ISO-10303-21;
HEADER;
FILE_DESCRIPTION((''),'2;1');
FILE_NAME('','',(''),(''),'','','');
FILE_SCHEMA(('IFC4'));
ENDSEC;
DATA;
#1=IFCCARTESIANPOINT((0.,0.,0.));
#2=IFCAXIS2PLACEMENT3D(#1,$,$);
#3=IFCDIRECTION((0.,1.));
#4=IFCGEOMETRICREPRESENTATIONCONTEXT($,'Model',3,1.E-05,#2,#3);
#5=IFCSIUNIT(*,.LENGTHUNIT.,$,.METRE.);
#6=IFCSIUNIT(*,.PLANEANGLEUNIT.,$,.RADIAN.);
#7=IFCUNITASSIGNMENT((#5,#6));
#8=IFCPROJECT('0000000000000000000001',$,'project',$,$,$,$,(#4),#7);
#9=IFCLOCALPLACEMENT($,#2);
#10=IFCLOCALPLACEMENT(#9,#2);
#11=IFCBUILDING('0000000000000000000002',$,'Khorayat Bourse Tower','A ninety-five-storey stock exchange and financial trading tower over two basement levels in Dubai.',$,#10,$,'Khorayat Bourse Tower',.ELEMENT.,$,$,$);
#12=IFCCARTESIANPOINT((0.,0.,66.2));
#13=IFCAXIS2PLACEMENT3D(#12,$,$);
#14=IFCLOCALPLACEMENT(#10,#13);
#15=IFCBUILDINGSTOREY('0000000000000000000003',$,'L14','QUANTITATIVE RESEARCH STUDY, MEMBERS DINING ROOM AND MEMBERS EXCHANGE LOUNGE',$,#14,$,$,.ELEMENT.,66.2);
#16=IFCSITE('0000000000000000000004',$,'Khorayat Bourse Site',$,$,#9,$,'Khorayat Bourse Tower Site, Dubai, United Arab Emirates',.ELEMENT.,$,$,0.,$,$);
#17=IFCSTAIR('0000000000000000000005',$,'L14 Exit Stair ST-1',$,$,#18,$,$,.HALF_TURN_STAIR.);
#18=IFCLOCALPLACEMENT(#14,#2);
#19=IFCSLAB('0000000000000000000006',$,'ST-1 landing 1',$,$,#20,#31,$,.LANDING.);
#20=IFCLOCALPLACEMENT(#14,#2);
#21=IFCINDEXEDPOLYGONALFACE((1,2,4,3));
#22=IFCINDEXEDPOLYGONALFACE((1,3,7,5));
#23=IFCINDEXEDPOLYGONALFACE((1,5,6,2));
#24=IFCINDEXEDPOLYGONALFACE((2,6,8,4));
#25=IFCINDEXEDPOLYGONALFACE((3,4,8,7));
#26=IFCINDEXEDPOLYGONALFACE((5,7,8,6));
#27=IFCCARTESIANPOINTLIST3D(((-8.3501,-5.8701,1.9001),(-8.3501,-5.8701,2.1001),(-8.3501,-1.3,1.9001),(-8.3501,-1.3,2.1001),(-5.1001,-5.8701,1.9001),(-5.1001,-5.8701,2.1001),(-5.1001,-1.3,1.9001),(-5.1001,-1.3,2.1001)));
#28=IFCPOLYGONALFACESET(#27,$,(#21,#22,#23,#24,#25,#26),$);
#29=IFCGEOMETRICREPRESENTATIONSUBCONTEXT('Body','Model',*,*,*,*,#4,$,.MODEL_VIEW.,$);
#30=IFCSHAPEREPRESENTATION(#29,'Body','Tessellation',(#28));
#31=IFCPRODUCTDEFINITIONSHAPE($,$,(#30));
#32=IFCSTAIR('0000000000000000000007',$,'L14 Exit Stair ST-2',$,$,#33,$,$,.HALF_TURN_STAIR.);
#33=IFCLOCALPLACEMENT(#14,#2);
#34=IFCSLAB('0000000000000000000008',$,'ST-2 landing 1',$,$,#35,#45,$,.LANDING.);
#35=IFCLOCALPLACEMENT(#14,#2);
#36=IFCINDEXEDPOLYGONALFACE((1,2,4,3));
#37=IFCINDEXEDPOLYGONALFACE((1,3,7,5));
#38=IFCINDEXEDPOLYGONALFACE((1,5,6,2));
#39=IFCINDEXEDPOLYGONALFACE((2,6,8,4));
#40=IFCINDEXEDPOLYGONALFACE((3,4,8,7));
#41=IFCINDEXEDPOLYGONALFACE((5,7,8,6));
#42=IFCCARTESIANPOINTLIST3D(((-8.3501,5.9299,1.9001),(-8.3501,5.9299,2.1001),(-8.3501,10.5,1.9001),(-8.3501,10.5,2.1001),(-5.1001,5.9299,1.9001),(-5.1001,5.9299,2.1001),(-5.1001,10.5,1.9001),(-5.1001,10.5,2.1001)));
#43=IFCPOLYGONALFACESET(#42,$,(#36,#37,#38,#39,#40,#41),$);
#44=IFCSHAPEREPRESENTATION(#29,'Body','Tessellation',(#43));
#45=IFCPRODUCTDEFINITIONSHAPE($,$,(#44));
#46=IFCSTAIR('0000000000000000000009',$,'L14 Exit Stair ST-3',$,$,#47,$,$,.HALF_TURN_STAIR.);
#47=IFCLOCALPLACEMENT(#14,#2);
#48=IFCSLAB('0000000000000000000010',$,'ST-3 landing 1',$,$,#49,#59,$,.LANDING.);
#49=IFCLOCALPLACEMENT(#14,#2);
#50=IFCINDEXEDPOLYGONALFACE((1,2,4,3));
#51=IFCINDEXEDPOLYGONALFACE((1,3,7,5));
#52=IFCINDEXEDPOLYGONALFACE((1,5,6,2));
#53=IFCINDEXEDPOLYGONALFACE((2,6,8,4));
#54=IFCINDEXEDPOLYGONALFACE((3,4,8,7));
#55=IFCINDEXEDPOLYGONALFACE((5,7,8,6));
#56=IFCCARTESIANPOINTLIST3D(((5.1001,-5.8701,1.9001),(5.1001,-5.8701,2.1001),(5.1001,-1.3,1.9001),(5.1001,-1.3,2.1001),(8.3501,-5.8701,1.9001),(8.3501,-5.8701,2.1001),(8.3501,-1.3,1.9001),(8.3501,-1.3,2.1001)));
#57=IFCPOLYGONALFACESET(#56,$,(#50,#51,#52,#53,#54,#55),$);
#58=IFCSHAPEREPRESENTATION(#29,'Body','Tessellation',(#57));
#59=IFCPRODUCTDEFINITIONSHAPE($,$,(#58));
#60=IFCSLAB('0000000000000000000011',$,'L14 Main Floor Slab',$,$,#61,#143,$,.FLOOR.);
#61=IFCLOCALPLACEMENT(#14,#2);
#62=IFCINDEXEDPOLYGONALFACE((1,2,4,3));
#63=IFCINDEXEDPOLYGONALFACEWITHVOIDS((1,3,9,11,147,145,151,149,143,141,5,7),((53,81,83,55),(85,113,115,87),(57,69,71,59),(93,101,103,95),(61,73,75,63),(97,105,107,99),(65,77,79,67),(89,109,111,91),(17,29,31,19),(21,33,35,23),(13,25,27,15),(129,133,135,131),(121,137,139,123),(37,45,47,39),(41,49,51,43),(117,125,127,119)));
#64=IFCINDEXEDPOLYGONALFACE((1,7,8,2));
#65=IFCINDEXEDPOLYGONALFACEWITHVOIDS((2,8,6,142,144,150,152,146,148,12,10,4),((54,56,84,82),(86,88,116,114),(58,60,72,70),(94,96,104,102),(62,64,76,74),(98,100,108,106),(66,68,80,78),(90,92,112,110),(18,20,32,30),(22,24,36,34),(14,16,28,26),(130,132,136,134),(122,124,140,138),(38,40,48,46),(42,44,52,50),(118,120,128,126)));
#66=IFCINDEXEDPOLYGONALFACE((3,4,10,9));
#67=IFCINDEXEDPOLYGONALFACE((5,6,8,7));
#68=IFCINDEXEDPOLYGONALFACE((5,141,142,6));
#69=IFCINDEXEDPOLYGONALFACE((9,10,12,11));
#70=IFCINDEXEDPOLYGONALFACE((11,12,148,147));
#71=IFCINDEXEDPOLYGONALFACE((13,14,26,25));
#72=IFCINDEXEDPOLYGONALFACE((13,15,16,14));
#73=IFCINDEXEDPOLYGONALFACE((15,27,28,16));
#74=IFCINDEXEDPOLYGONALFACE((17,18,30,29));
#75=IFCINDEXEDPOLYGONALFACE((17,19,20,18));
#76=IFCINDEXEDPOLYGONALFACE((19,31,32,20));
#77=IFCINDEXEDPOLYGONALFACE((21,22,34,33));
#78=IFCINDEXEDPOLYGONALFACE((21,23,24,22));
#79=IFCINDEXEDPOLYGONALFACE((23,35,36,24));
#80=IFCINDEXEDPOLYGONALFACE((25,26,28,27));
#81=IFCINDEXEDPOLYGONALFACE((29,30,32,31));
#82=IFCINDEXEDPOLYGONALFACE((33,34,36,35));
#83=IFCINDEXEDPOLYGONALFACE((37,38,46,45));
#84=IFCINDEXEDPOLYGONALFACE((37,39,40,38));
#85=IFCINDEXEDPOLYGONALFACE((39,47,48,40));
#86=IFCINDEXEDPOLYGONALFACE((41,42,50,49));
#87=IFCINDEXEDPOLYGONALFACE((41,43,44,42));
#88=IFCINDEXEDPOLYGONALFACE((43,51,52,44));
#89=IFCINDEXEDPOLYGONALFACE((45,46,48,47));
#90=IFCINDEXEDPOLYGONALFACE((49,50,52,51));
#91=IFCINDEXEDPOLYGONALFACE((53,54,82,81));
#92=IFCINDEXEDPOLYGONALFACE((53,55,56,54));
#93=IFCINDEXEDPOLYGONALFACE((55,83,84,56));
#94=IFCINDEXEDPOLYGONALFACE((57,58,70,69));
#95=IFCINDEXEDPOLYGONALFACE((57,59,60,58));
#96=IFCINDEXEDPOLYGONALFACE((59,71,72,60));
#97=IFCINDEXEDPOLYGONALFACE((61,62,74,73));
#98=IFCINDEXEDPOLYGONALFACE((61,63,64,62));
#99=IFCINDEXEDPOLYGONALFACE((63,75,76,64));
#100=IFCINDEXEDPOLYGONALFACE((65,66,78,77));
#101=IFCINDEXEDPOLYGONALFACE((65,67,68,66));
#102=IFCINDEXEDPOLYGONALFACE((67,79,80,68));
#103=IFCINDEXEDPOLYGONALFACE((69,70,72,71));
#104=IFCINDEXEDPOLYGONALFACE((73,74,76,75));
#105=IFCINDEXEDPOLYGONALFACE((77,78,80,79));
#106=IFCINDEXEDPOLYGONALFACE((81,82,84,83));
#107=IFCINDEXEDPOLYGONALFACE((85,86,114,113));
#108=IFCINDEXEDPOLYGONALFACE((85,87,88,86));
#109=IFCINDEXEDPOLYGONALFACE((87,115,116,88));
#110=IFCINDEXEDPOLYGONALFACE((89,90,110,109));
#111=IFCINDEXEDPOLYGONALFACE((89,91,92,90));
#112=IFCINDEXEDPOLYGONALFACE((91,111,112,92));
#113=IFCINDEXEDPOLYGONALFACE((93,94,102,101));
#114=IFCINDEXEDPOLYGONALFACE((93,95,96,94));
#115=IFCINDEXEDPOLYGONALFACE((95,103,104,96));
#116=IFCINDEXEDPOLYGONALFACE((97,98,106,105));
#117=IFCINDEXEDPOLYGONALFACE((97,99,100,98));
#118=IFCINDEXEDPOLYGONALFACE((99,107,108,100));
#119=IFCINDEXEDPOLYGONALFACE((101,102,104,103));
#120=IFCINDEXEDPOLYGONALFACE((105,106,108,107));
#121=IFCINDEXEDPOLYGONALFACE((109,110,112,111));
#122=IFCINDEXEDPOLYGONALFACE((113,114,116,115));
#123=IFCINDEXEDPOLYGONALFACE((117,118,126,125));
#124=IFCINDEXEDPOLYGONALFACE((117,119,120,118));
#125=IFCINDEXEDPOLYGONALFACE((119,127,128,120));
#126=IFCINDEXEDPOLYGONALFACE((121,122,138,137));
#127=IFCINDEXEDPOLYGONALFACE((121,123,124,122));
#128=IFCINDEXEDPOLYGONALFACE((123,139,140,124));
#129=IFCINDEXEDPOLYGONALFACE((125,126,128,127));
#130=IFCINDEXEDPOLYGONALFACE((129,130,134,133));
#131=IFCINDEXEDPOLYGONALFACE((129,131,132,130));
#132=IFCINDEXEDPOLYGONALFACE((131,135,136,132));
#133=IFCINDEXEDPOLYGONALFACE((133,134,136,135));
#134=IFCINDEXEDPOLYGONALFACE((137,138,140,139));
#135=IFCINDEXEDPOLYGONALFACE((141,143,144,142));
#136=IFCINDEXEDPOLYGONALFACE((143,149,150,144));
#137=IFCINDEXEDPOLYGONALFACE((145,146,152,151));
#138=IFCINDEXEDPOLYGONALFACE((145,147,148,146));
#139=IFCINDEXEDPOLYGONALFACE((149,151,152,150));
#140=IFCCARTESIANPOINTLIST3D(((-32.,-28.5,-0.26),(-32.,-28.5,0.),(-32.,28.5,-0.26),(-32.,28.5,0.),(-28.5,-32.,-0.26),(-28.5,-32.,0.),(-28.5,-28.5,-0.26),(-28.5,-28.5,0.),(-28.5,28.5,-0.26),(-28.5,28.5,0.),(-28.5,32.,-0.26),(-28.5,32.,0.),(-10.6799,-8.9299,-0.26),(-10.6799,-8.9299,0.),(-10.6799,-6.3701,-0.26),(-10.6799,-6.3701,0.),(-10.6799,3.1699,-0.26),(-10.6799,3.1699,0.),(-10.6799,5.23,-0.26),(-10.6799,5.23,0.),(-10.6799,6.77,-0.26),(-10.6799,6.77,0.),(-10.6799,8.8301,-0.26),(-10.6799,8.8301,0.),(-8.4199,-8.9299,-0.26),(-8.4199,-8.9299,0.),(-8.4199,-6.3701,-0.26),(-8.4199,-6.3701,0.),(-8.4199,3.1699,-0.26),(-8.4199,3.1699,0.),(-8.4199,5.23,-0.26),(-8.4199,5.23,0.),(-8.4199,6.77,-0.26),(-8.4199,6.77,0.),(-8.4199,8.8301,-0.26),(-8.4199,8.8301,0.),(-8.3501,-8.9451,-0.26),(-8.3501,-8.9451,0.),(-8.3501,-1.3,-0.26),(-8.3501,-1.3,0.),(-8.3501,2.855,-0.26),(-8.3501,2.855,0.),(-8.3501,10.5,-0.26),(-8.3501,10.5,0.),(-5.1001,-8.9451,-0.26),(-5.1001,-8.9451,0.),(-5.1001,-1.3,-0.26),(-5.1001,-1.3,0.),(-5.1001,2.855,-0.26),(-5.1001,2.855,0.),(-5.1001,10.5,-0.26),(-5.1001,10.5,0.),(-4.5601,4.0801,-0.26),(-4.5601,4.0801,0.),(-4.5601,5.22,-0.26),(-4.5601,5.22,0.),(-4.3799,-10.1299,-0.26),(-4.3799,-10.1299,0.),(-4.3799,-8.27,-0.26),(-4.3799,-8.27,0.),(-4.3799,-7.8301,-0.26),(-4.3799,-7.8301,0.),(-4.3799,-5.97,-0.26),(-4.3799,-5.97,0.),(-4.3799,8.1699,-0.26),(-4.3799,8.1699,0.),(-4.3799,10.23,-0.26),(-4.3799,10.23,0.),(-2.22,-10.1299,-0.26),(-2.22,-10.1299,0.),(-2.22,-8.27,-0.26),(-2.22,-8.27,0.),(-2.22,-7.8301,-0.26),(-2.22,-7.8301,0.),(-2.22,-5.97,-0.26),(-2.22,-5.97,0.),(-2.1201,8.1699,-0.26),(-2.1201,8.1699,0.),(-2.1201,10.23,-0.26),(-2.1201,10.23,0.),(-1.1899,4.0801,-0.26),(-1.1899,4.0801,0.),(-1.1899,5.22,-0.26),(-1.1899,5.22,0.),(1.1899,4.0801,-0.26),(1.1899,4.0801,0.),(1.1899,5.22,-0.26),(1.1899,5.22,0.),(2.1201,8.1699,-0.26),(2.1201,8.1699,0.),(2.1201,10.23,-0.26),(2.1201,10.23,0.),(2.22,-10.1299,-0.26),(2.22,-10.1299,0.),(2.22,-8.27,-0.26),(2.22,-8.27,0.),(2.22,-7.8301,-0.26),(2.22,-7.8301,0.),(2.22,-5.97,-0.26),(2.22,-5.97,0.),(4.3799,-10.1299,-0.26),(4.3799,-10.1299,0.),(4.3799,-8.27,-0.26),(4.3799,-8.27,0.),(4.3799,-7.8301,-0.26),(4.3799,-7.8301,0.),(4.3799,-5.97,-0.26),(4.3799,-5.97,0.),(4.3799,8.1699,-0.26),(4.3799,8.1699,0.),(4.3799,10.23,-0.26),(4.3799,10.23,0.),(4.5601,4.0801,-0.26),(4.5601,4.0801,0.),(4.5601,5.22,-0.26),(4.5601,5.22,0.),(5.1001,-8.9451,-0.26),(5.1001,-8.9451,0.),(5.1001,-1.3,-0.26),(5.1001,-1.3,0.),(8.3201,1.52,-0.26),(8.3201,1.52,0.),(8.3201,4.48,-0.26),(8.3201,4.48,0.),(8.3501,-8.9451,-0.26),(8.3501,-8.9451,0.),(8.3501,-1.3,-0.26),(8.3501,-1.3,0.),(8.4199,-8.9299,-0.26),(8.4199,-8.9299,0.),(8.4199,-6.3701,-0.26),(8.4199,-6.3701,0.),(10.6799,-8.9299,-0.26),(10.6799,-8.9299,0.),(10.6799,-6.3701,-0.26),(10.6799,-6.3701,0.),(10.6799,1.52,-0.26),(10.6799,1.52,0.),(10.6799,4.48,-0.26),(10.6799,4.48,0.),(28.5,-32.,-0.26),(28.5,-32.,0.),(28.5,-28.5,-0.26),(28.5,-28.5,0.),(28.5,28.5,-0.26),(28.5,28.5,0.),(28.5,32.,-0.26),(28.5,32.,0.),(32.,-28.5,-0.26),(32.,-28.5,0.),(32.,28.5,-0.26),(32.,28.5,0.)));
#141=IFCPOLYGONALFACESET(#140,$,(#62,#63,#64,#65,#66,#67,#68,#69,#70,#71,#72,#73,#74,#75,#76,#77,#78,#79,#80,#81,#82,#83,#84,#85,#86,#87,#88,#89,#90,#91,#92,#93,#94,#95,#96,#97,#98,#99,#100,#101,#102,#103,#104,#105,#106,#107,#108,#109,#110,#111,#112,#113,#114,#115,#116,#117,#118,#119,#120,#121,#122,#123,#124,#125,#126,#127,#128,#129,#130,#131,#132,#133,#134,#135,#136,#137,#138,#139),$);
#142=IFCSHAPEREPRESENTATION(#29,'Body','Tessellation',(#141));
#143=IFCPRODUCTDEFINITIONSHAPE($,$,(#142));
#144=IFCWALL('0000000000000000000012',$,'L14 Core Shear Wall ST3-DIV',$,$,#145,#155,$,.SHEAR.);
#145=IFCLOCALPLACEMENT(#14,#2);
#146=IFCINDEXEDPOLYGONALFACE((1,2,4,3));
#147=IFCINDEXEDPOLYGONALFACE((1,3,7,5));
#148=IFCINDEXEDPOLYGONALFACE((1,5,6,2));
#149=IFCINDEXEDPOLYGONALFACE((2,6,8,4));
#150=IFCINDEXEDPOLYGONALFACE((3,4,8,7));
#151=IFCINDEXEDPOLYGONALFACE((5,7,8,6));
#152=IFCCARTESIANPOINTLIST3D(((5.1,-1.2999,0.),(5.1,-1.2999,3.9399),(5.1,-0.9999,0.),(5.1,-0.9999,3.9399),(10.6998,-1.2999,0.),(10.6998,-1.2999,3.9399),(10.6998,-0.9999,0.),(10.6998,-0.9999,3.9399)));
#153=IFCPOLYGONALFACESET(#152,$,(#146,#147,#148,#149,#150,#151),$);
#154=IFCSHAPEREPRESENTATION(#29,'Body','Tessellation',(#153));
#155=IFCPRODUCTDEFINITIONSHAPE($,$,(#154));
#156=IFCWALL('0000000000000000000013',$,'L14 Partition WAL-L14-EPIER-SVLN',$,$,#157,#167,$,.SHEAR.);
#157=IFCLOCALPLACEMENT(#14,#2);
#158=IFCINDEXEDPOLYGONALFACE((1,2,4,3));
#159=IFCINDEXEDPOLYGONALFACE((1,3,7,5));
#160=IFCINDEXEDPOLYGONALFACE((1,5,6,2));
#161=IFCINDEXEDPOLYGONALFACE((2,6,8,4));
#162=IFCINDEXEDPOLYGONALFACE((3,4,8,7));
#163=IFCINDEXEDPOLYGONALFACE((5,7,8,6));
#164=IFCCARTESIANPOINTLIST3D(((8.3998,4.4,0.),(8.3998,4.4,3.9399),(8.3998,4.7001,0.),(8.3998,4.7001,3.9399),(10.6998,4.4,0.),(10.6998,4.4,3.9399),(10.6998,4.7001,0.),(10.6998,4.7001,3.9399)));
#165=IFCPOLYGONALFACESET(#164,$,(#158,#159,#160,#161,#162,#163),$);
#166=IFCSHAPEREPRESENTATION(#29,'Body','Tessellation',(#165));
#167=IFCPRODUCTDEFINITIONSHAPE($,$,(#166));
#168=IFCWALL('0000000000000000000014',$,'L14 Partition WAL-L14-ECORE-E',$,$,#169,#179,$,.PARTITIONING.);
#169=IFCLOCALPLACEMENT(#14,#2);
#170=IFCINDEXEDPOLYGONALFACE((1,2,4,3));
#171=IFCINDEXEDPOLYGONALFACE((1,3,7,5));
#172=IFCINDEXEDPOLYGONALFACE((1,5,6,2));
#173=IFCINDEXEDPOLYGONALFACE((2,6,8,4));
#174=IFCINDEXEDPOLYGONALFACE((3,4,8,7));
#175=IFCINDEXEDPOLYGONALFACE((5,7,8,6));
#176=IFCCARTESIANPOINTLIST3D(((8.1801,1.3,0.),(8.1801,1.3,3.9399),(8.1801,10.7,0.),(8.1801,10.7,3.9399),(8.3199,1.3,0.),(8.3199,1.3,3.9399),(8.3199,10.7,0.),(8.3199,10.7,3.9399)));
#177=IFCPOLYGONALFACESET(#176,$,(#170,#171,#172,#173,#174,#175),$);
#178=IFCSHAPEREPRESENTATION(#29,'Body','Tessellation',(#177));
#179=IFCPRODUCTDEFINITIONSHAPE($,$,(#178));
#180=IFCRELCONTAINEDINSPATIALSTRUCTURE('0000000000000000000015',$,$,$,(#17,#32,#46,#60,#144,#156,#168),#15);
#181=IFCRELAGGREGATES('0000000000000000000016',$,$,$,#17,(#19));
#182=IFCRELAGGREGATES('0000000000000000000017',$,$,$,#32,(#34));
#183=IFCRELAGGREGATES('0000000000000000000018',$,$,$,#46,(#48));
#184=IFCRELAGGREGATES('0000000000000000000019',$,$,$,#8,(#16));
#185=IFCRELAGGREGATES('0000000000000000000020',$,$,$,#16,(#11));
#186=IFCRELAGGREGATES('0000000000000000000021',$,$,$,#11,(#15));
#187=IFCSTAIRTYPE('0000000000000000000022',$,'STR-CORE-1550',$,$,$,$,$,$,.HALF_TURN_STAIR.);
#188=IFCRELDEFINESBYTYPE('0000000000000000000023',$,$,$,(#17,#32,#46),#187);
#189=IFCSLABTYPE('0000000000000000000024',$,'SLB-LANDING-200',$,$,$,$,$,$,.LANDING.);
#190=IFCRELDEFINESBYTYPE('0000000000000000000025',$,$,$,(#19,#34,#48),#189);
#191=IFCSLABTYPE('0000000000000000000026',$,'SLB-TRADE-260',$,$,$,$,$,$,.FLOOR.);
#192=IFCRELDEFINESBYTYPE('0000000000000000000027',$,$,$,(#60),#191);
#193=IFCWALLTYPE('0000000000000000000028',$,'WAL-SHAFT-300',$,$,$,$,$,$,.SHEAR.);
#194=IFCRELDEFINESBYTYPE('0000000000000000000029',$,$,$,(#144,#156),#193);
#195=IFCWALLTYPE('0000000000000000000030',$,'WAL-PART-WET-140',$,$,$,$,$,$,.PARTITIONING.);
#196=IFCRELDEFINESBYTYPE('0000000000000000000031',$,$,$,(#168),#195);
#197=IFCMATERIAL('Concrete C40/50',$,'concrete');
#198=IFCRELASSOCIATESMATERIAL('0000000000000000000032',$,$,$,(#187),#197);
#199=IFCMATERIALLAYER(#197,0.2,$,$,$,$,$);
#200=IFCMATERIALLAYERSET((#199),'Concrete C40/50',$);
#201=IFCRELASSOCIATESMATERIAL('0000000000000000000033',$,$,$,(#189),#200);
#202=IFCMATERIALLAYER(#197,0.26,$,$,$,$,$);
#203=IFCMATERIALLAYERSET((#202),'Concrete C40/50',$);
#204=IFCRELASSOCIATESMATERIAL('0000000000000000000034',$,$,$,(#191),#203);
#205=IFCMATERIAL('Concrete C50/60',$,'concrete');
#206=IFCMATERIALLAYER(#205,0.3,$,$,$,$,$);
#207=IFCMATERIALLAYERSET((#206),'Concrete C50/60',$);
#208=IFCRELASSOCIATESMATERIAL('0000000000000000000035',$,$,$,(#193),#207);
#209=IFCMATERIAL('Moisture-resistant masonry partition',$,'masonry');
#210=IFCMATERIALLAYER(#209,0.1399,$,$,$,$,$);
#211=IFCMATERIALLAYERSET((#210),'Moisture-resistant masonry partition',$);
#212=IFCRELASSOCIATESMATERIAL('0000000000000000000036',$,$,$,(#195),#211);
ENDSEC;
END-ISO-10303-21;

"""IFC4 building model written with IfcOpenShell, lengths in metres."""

from ifc_helpers import new_model, si_unit, direction, frame, frame_2d, origin, place, context, subcontext, project, spatial, polyline, rectangle, outline, extrude, source, transform, mapped, material, layer, layer_set, type_object, element, aggregate, save


model = new_model("IFC4")

# Units and contexts
model_context = context("Model", 3, precision=1e-05, world=origin(), true_north=direction((0.0, 1.0)))
body_context = subcontext(model_context, "Body", "Model", "MODEL_VIEW")
ifc_project = project(units=[si_unit("LENGTHUNIT", "METRE"), si_unit("PLANEANGLEUNIT", "RADIAN")], contexts=[model_context])

# Site, building, storey
site_placement = place(None, origin())
site = spatial("IfcSite", under=ifc_project, at=site_placement, Name="Khorayat Bourse Site", LongName="Khorayat Bourse Tower Site, Dubai, United Arab Emirates", CompositionType="ELEMENT", RefElevation=0.0)
building_placement = place(site_placement, origin())
building = spatial("IfcBuilding", under=site, at=building_placement, Name="Khorayat Bourse Tower", Description="A ninety-five-storey stock exchange and financial trading tower over two basement levels in Dubai.", LongName="Khorayat Bourse Tower", CompositionType="ELEMENT")
storey_placement = place(building_placement, frame((0.0, 0.0, 66.2)))
storey = spatial("IfcBuildingStorey", under=building, at=storey_placement, Name="L14", Description="QUANTITATIVE RESEARCH STUDY, MEMBERS DINING ROOM AND MEMBERS EXCHANGE LOUNGE", CompositionType="ELEMENT", Elevation=66.2)

# Stairs, slabs
ifc_material_1 = material(Name="Concrete C40/50", Category="concrete")
stair_type = type_object("IfcStairType", Name="STR-CORE-1550", PredefinedType="HALF_TURN_STAIR", material=ifc_material_1)
stair_1_placement = place(storey_placement, origin())
stair_1 = element("IfcStair", 1, at=stair_1_placement, inside=storey, type_object=stair_type, Name="L14 Exit Stair ST-1", PredefinedType="HALF_TURN_STAIR")
ifc_layer_1 = layer(ifc_material_1, 0.2)
ifc_layer_set_1 = layer_set([ifc_layer_1], Name="Concrete C40/50")
slab_type_1 = type_object("IfcSlabType", Name="SLB-LANDING-200", PredefinedType="LANDING", material=ifc_layer_set_1)
slab_1_placement = place(storey_placement, frame((0.0, 0.0, 1.9001)))
slab_1 = element("IfcSlab", 2, at=slab_1_placement, type_object=slab_type_1, Name="ST-1 landing 1", PredefinedType="LANDING", context=body_context, shape_type="SweptSolid", body=[
    extrude(outline(polyline([(-5.1001, -5.8701), (-5.1001, -1.3), (-8.3501, -1.3), (-8.3501, -5.8701), (-5.1001, -5.8701)])), origin(), (0.0, 0.0, 1.0), 0.2),
])
aggregate(stair_1, [slab_1])
stair_2_placement = place(storey_placement, origin())
stair_2 = element("IfcStair", 3, at=stair_2_placement, inside=storey, type_object=stair_type, Name="L14 Exit Stair ST-2", PredefinedType="HALF_TURN_STAIR")
slab_2_placement = place(storey_placement, frame((0.0, 0.0, 1.9001)))
slab_2 = element("IfcSlab", 4, at=slab_2_placement, type_object=slab_type_1, Name="ST-2 landing 1", PredefinedType="LANDING", context=body_context, shape_type="SweptSolid", body=[
    extrude(outline(polyline([(-5.1001, 5.9299), (-5.1001, 10.5), (-8.3501, 10.5), (-8.3501, 5.9299), (-5.1001, 5.9299)])), origin(), (0.0, 0.0, 1.0), 0.2),
])
aggregate(stair_2, [slab_2])
stair_3_placement = place(storey_placement, origin())
stair_3 = element("IfcStair", 5, at=stair_3_placement, inside=storey, type_object=stair_type, Name="L14 Exit Stair ST-3", PredefinedType="HALF_TURN_STAIR")
slab_3_placement = place(storey_placement, frame((0.0, 0.0, 1.9001)))
slab_3 = element("IfcSlab", 6, at=slab_3_placement, type_object=slab_type_1, Name="ST-3 landing 1", PredefinedType="LANDING", context=body_context, shape_type="SweptSolid", body=[
    extrude(outline(polyline([(8.3501, -5.8701), (8.3501, -1.3), (5.1001, -1.3), (5.1001, -5.8701), (8.3501, -5.8701)])), origin(), (0.0, 0.0, 1.0), 0.2),
])
aggregate(stair_3, [slab_3])

# Slab
ifc_layer_2 = layer(ifc_material_1, 0.26)
ifc_layer_set_2 = layer_set([ifc_layer_2], Name="Concrete C40/50")
slab_type_2 = type_object("IfcSlabType", Name="SLB-TRADE-260", PredefinedType="FLOOR", material=ifc_layer_set_2)
slab_4_placement = place(storey_placement, frame((0.0, 0.0, -0.26)))
element("IfcSlab", 7, at=slab_4_placement, inside=storey, type_object=slab_type_2, Name="L14 Main Floor Slab", PredefinedType="FLOOR", context=body_context, shape_type="SweptSolid", body=[
    extrude(outline(polyline([(-28.5, -32.0), (28.5, -32.0), (28.5, -28.5), (32.0, -28.5), (32.0, 28.5), (28.5, 28.5), (28.5, 32.0), (-28.5, 32.0), (-28.5, 28.5), (-32.0, 28.5), (-32.0, -28.5), (-28.5, -28.5), (-28.5, -32.0)]), holes=[polyline([(-8.3501, -8.9451), (-5.1001, -8.9451), (-5.1001, -1.3), (-8.3501, -1.3), (-8.3501, -8.9451)]), polyline([(-8.3501, 2.855), (-5.1001, 2.855), (-5.1001, 10.5), (-8.3501, 10.5), (-8.3501, 2.855)]), polyline([(5.1001, -8.9451), (8.3501, -8.9451), (8.3501, -1.3), (5.1001, -1.3), (5.1001, -8.9451)]), polyline([(-4.3799, -10.1299), (-2.22, -10.1299), (-2.22, -8.27), (-4.3799, -8.27), (-4.3799, -10.1299)]), polyline([(2.22, -10.1299), (4.3799, -10.1299), (4.3799, -8.27), (2.22, -8.27), (2.22, -10.1299)]), polyline([(-4.3799, -7.8301), (-2.22, -7.8301), (-2.22, -5.97), (-4.3799, -5.97), (-4.3799, -7.8301)]), polyline([(2.22, -7.8301), (4.3799, -7.8301), (4.3799, -5.97), (2.22, -5.97), (2.22, -7.8301)]), polyline([(-4.3799, 8.1699), (-2.1201, 8.1699), (-2.1201, 10.23), (-4.3799, 10.23), (-4.3799, 8.1699)]), polyline([(2.1201, 8.1699), (4.3799, 8.1699), (4.3799, 10.23), (2.1201, 10.23), (2.1201, 8.1699)]), polyline([(-10.6799, 3.1699), (-8.4199, 3.1699), (-8.4199, 5.23), (-10.6799, 5.23), (-10.6799, 3.1699)]), polyline([(-10.6799, 6.77), (-8.4199, 6.77), (-8.4199, 8.8301), (-10.6799, 8.8301), (-10.6799, 6.77)]), polyline([(-10.6799, -8.9299), (-8.4199, -8.9299), (-8.4199, -6.3701), (-10.6799, -6.3701), (-10.6799, -8.9299)]), polyline([(8.4199, -8.9299), (10.6799, -8.9299), (10.6799, -6.3701), (8.4199, -6.3701), (8.4199, -8.9299)]), polyline([(8.3201, 1.52), (10.6799, 1.52), (10.6799, 4.48), (8.3201, 4.48), (8.3201, 1.52)]), polyline([(-4.5601, 4.0801), (-1.1899, 4.0801), (-1.1899, 5.22), (-4.5601, 5.22), (-4.5601, 4.0801)]), polyline([(1.1899, 4.0801), (4.5601, 4.0801), (4.5601, 5.22), (1.1899, 5.22), (1.1899, 4.0801)])]), origin(), (0.0, 0.0, 1.0), 0.26),
])

# Walls
ifc_material_2 = material(Name="Concrete C50/60", Category="concrete")
ifc_layer_3 = layer(ifc_material_2, 0.3)
ifc_layer_set_3 = layer_set([ifc_layer_3], Name="Concrete C50/60")
wall_type_1 = type_object("IfcWallType", Name="WAL-SHAFT-300", PredefinedType="SHEAR", material=ifc_layer_set_3)
shared_shape_1 = source(origin(), body_context, "Body", "SweptSolid", [
    extrude(rectangle(XDim=5.5999, YDim=0.3, at=frame_2d((2.7998, 0.0))), origin(), (0.0, 0.0, 1.0), 3.9399),
])
wall_1_placement = place(storey_placement, frame((5.1001, -1.1499, 0.0), z_axis=(0.0, 0.0, 1.0), x_axis=(1.0, 0.0, 0.0)))
element("IfcWall", 8, at=wall_1_placement, inside=storey, type_object=wall_type_1, Name="L14 Core Shear Wall ST3-DIV", PredefinedType="SHEAR", context=body_context, shape_type="MappedRepresentation", body=[
    mapped(shared_shape_1, transform((0.0, 0.0, 0.0), scale=1.0)),
])
shared_shape_2 = source(origin(), body_context, "Body", "SweptSolid", [
    extrude(rectangle(XDim=2.3, YDim=0.3, at=frame_2d((1.1499, 0.0))), origin(), (0.0, 0.0, 1.0), 3.9399),
])
wall_2_placement = place(storey_placement, frame((8.3999, 4.55, 0.0), z_axis=(0.0, 0.0, 1.0), x_axis=(1.0, 0.0, 0.0)))
element("IfcWall", 9, at=wall_2_placement, inside=storey, type_object=wall_type_1, Name="L14 Partition WAL-L14-EPIER-SVLN", PredefinedType="SHEAR", context=body_context, shape_type="MappedRepresentation", body=[
    mapped(shared_shape_2, transform((0.0, 0.0, 0.0), scale=1.0)),
])
ifc_material_3 = material(Name="Moisture-resistant masonry partition", Category="masonry")
ifc_layer_4 = layer(ifc_material_3, 0.1399)
ifc_layer_set_4 = layer_set([ifc_layer_4], Name="Moisture-resistant masonry partition")
wall_type_2 = type_object("IfcWallType", Name="WAL-PART-WET-140", PredefinedType="PARTITIONING", material=ifc_layer_set_4)
shared_shape_3 = source(origin(), body_context, "Body", "SweptSolid", [
    extrude(rectangle(XDim=9.3999, YDim=0.1399, at=frame_2d((4.7, 0.0))), origin(), (0.0, 0.0, 1.0), 3.9399),
])
wall_3_placement = place(storey_placement, frame((8.25, 1.3, 0.0), z_axis=(0.0, 0.0, 1.0), x_axis=(0.0, 1.0, 0.0)))
element("IfcWall", 10, at=wall_3_placement, inside=storey, type_object=wall_type_2, Name="L14 Partition WAL-L14-ECORE-E", PredefinedType="PARTITIONING", context=body_context, shape_type="MappedRepresentation", body=[
    mapped(shared_shape_3, transform((0.0, 0.0, 0.0), scale=1.0)),
])

save(model, "model.ifc")
